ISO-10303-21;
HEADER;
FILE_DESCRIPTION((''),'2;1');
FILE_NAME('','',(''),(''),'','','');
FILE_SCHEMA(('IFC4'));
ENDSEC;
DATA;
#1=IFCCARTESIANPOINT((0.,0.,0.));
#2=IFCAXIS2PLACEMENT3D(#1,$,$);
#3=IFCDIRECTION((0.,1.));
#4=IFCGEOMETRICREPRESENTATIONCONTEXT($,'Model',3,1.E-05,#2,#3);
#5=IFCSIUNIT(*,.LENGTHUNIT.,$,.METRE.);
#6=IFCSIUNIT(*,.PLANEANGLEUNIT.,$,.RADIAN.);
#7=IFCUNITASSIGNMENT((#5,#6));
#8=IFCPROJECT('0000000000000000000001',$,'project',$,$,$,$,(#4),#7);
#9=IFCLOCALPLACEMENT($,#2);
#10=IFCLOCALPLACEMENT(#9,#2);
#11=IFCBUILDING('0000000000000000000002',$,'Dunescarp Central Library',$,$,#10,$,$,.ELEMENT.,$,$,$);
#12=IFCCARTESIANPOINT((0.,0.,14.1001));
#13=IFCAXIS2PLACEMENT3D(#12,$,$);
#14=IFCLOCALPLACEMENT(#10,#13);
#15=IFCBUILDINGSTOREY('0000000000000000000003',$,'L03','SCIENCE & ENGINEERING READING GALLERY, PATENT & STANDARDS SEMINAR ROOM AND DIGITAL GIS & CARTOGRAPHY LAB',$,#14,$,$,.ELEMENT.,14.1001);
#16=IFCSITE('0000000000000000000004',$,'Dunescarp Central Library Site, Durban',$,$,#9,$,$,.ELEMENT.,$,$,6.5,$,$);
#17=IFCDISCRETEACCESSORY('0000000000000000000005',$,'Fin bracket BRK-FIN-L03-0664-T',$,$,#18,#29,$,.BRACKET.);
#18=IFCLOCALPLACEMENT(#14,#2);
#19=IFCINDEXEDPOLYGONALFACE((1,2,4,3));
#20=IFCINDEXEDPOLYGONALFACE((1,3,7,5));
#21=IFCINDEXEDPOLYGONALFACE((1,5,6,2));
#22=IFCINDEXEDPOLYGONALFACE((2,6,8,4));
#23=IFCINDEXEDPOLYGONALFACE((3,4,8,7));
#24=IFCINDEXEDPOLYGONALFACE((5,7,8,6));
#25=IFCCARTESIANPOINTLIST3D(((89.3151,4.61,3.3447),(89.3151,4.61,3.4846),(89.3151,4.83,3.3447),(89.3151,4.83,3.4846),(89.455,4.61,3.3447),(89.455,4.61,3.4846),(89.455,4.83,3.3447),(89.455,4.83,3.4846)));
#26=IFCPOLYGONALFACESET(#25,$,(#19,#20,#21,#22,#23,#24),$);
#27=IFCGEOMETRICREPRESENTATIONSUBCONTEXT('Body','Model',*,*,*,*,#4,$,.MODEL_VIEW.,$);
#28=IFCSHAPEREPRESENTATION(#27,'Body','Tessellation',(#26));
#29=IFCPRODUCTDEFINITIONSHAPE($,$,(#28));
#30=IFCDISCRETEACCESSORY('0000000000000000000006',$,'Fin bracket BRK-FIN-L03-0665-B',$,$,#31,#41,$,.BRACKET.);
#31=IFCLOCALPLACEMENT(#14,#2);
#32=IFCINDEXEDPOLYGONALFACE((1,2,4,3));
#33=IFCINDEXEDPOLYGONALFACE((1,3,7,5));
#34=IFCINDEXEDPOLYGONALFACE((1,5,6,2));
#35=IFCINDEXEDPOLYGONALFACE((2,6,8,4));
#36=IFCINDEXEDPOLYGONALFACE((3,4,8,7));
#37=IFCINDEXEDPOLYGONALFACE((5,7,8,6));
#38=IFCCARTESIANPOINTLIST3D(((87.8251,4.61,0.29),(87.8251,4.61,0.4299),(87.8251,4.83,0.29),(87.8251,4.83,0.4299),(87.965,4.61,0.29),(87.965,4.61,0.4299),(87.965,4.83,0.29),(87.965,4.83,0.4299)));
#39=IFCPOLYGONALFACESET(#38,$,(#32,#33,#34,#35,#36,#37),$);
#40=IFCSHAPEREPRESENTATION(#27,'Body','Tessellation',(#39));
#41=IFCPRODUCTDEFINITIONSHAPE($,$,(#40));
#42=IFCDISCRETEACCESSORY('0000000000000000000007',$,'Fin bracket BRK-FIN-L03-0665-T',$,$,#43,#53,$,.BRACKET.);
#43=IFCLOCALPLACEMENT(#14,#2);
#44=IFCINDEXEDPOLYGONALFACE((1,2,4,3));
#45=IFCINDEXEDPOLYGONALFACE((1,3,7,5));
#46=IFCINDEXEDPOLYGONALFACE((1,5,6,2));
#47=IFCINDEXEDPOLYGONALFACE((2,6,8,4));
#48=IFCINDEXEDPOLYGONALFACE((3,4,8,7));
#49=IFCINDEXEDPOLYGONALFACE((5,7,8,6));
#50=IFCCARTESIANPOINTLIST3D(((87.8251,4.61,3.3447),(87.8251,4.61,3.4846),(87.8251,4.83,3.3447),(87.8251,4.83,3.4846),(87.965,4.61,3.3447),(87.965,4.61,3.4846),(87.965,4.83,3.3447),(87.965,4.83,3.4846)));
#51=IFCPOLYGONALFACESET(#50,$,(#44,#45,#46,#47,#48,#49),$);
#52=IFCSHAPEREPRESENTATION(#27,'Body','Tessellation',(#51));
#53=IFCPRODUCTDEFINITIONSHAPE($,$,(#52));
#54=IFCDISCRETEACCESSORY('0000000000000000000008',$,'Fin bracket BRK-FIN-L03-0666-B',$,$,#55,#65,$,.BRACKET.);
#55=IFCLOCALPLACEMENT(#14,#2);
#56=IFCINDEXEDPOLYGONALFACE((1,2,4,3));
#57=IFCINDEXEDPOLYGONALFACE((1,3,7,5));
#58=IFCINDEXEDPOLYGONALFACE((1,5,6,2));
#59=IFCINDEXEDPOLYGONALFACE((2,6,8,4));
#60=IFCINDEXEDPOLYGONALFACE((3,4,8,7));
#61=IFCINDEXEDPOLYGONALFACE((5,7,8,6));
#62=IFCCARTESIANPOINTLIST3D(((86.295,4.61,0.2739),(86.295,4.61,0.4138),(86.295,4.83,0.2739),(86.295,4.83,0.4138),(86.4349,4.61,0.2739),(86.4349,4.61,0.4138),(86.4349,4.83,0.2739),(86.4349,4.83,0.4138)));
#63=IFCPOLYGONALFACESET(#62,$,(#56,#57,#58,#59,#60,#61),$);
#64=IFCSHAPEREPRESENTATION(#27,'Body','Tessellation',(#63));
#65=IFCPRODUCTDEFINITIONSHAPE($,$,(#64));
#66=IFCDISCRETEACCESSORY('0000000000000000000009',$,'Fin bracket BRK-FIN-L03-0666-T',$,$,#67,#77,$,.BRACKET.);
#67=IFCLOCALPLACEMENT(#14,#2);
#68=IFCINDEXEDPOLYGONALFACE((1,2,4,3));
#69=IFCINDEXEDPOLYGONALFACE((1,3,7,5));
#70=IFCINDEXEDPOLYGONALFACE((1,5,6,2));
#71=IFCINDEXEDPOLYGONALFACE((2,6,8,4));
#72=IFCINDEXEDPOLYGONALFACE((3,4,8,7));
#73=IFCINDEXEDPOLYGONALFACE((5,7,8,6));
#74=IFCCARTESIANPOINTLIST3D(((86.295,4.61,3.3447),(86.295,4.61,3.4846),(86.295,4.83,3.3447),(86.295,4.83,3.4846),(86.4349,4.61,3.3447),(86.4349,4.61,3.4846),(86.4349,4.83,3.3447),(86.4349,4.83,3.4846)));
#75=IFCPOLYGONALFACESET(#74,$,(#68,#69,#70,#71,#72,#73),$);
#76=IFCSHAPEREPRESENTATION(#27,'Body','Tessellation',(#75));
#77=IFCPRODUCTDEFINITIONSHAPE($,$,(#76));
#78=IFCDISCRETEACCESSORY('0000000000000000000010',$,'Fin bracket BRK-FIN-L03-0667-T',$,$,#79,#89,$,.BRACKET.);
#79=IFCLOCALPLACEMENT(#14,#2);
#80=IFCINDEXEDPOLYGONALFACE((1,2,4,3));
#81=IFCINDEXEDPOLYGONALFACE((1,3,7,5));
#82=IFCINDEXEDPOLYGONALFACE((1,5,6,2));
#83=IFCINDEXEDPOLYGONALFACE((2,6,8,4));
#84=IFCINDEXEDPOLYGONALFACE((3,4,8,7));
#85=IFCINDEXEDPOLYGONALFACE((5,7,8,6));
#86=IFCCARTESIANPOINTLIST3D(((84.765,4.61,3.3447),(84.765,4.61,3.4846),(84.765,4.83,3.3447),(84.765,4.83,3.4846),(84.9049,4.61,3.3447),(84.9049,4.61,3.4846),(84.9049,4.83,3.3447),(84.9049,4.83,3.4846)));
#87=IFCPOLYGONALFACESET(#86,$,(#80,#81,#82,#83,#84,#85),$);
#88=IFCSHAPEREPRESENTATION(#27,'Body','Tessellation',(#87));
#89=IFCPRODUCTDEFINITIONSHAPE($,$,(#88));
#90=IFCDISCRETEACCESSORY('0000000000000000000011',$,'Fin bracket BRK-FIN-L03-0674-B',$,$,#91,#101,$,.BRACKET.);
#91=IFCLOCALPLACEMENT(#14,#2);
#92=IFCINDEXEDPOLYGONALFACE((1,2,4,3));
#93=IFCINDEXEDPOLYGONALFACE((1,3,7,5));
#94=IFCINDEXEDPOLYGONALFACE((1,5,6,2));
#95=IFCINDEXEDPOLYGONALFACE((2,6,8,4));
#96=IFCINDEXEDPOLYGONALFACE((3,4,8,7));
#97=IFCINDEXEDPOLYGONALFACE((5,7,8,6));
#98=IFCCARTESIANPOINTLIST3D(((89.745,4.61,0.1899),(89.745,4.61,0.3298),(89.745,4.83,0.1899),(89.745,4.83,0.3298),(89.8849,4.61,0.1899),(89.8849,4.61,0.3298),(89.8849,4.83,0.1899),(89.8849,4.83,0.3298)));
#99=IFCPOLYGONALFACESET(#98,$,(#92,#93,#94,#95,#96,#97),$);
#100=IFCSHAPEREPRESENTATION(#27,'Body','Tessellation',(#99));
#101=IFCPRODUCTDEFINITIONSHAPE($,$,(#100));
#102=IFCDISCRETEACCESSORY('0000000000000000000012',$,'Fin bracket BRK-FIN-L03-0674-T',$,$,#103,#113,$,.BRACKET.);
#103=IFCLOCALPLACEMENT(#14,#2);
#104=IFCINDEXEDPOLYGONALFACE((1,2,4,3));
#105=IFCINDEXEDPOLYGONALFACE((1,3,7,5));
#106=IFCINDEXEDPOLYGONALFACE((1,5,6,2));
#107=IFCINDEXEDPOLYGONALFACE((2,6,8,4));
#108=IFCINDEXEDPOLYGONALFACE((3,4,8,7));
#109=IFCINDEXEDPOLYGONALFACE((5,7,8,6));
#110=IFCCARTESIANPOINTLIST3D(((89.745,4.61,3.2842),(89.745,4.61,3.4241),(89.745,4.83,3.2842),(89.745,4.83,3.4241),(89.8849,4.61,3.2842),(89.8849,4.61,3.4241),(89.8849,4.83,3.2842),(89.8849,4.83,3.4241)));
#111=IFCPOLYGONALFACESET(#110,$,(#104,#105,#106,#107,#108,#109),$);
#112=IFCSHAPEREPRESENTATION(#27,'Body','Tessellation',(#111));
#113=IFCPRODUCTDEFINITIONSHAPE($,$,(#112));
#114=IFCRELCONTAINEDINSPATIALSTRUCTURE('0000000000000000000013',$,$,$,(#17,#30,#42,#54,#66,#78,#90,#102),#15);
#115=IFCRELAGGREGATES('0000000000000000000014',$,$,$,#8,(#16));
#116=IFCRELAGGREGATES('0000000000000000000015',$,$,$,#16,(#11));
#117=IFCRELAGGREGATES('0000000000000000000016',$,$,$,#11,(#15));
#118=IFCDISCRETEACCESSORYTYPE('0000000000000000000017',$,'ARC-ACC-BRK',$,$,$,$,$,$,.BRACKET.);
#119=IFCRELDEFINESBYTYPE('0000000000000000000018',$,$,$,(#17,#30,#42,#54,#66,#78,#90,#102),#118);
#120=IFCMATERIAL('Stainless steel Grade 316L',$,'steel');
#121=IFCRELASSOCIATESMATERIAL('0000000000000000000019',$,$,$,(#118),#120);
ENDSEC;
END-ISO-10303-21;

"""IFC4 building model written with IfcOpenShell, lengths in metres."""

from ifc_helpers import new_model, si_unit, direction, frame, origin, origin_2d, place, context, subcontext, project, spatial, rectangle, extrude, material, type_object, element, save


model = new_model("IFC4")

# Units and contexts
model_context = context("Model", 3, precision=1e-05, world=origin(), true_north=direction((0.0, 1.0)))
body_context = subcontext(model_context, "Body", "Model", "MODEL_VIEW")
ifc_project = project(units=[si_unit("LENGTHUNIT", "METRE"), si_unit("PLANEANGLEUNIT", "RADIAN")], contexts=[model_context])

# Site, building, storey
site_placement = place(None, origin())
site = spatial("IfcSite", under=ifc_project, at=site_placement, Name="Dunescarp Central Library Site, Durban", CompositionType="ELEMENT", RefElevation=6.5)
building_placement = place(site_placement, origin())
building = spatial("IfcBuilding", under=site, at=building_placement, Name="Dunescarp Central Library", CompositionType="ELEMENT")
storey_placement = place(building_placement, frame((0.0, 0.0, 14.1001)))
storey = spatial("IfcBuildingStorey", under=building, at=storey_placement, Name="L03", Description="SCIENCE & ENGINEERING READING GALLERY, PATENT & STANDARDS SEMINAR ROOM AND DIGITAL GIS & CARTOGRAPHY LAB", CompositionType="ELEMENT", Elevation=14.1001)

# Discrete accessories
ifc_material_1 = material(Name="Stainless steel Grade 316L", Category="steel")
discrete_accessory_type = type_object("IfcDiscreteAccessoryType", Name="ARC-ACC-BRK", PredefinedType="BRACKET", material=ifc_material_1)
for number, where, z_axis, x_axis, name in (
    (1, (89.385, 4.72, 3.3447), (0.0, 0.0, 1.0), (0.0, -1.0, 0.0), "Fin bracket BRK-FIN-L03-0664-T"),
    (2, (87.895, 4.72, 0.29), (0.0, 0.0, 1.0), (0.0, -1.0, 0.0), "Fin bracket BRK-FIN-L03-0665-B"),
    (3, (87.895, 4.72, 3.3447), (0.0, 0.0, 1.0), (0.0, -1.0, 0.0), "Fin bracket BRK-FIN-L03-0665-T"),
    (4, (86.365, 4.72, 0.2739), (0.0, 0.0, 1.0), (0.0, -1.0, 0.0), "Fin bracket BRK-FIN-L03-0666-B"),
    (5, (86.365, 4.72, 3.3447), (0.0, 0.0, 1.0), (0.0, -1.0, 0.0), "Fin bracket BRK-FIN-L03-0666-T"),
    (6, (84.835, 4.72, 3.3447), (0.0, 0.0, 1.0), (0.0, -1.0, 0.0), "Fin bracket BRK-FIN-L03-0667-T"),
    (7, (89.8149, 4.72, 0.1899), (0.0, 0.0, 1.0), (0.0, -1.0, 0.0), "Fin bracket BRK-FIN-L03-0674-B"),
    (8, (89.8149, 4.72, 3.2842), (0.0, 0.0, 1.0), (0.0, -1.0, 0.0), "Fin bracket BRK-FIN-L03-0674-T"),
):
    element("IfcDiscreteAccessory", number, at=place(storey_placement, frame(where, z_axis=z_axis, x_axis=x_axis)), inside=storey, type_object=discrete_accessory_type, Name=name, PredefinedType="BRACKET", context=body_context, shape_type="SweptSolid", body=[
        extrude(rectangle(XDim=0.22, YDim=0.1399, at=origin_2d()), origin(), (0.0, 0.0, 1.0), 0.1399),
    ])

save(model, "model.ifc")
